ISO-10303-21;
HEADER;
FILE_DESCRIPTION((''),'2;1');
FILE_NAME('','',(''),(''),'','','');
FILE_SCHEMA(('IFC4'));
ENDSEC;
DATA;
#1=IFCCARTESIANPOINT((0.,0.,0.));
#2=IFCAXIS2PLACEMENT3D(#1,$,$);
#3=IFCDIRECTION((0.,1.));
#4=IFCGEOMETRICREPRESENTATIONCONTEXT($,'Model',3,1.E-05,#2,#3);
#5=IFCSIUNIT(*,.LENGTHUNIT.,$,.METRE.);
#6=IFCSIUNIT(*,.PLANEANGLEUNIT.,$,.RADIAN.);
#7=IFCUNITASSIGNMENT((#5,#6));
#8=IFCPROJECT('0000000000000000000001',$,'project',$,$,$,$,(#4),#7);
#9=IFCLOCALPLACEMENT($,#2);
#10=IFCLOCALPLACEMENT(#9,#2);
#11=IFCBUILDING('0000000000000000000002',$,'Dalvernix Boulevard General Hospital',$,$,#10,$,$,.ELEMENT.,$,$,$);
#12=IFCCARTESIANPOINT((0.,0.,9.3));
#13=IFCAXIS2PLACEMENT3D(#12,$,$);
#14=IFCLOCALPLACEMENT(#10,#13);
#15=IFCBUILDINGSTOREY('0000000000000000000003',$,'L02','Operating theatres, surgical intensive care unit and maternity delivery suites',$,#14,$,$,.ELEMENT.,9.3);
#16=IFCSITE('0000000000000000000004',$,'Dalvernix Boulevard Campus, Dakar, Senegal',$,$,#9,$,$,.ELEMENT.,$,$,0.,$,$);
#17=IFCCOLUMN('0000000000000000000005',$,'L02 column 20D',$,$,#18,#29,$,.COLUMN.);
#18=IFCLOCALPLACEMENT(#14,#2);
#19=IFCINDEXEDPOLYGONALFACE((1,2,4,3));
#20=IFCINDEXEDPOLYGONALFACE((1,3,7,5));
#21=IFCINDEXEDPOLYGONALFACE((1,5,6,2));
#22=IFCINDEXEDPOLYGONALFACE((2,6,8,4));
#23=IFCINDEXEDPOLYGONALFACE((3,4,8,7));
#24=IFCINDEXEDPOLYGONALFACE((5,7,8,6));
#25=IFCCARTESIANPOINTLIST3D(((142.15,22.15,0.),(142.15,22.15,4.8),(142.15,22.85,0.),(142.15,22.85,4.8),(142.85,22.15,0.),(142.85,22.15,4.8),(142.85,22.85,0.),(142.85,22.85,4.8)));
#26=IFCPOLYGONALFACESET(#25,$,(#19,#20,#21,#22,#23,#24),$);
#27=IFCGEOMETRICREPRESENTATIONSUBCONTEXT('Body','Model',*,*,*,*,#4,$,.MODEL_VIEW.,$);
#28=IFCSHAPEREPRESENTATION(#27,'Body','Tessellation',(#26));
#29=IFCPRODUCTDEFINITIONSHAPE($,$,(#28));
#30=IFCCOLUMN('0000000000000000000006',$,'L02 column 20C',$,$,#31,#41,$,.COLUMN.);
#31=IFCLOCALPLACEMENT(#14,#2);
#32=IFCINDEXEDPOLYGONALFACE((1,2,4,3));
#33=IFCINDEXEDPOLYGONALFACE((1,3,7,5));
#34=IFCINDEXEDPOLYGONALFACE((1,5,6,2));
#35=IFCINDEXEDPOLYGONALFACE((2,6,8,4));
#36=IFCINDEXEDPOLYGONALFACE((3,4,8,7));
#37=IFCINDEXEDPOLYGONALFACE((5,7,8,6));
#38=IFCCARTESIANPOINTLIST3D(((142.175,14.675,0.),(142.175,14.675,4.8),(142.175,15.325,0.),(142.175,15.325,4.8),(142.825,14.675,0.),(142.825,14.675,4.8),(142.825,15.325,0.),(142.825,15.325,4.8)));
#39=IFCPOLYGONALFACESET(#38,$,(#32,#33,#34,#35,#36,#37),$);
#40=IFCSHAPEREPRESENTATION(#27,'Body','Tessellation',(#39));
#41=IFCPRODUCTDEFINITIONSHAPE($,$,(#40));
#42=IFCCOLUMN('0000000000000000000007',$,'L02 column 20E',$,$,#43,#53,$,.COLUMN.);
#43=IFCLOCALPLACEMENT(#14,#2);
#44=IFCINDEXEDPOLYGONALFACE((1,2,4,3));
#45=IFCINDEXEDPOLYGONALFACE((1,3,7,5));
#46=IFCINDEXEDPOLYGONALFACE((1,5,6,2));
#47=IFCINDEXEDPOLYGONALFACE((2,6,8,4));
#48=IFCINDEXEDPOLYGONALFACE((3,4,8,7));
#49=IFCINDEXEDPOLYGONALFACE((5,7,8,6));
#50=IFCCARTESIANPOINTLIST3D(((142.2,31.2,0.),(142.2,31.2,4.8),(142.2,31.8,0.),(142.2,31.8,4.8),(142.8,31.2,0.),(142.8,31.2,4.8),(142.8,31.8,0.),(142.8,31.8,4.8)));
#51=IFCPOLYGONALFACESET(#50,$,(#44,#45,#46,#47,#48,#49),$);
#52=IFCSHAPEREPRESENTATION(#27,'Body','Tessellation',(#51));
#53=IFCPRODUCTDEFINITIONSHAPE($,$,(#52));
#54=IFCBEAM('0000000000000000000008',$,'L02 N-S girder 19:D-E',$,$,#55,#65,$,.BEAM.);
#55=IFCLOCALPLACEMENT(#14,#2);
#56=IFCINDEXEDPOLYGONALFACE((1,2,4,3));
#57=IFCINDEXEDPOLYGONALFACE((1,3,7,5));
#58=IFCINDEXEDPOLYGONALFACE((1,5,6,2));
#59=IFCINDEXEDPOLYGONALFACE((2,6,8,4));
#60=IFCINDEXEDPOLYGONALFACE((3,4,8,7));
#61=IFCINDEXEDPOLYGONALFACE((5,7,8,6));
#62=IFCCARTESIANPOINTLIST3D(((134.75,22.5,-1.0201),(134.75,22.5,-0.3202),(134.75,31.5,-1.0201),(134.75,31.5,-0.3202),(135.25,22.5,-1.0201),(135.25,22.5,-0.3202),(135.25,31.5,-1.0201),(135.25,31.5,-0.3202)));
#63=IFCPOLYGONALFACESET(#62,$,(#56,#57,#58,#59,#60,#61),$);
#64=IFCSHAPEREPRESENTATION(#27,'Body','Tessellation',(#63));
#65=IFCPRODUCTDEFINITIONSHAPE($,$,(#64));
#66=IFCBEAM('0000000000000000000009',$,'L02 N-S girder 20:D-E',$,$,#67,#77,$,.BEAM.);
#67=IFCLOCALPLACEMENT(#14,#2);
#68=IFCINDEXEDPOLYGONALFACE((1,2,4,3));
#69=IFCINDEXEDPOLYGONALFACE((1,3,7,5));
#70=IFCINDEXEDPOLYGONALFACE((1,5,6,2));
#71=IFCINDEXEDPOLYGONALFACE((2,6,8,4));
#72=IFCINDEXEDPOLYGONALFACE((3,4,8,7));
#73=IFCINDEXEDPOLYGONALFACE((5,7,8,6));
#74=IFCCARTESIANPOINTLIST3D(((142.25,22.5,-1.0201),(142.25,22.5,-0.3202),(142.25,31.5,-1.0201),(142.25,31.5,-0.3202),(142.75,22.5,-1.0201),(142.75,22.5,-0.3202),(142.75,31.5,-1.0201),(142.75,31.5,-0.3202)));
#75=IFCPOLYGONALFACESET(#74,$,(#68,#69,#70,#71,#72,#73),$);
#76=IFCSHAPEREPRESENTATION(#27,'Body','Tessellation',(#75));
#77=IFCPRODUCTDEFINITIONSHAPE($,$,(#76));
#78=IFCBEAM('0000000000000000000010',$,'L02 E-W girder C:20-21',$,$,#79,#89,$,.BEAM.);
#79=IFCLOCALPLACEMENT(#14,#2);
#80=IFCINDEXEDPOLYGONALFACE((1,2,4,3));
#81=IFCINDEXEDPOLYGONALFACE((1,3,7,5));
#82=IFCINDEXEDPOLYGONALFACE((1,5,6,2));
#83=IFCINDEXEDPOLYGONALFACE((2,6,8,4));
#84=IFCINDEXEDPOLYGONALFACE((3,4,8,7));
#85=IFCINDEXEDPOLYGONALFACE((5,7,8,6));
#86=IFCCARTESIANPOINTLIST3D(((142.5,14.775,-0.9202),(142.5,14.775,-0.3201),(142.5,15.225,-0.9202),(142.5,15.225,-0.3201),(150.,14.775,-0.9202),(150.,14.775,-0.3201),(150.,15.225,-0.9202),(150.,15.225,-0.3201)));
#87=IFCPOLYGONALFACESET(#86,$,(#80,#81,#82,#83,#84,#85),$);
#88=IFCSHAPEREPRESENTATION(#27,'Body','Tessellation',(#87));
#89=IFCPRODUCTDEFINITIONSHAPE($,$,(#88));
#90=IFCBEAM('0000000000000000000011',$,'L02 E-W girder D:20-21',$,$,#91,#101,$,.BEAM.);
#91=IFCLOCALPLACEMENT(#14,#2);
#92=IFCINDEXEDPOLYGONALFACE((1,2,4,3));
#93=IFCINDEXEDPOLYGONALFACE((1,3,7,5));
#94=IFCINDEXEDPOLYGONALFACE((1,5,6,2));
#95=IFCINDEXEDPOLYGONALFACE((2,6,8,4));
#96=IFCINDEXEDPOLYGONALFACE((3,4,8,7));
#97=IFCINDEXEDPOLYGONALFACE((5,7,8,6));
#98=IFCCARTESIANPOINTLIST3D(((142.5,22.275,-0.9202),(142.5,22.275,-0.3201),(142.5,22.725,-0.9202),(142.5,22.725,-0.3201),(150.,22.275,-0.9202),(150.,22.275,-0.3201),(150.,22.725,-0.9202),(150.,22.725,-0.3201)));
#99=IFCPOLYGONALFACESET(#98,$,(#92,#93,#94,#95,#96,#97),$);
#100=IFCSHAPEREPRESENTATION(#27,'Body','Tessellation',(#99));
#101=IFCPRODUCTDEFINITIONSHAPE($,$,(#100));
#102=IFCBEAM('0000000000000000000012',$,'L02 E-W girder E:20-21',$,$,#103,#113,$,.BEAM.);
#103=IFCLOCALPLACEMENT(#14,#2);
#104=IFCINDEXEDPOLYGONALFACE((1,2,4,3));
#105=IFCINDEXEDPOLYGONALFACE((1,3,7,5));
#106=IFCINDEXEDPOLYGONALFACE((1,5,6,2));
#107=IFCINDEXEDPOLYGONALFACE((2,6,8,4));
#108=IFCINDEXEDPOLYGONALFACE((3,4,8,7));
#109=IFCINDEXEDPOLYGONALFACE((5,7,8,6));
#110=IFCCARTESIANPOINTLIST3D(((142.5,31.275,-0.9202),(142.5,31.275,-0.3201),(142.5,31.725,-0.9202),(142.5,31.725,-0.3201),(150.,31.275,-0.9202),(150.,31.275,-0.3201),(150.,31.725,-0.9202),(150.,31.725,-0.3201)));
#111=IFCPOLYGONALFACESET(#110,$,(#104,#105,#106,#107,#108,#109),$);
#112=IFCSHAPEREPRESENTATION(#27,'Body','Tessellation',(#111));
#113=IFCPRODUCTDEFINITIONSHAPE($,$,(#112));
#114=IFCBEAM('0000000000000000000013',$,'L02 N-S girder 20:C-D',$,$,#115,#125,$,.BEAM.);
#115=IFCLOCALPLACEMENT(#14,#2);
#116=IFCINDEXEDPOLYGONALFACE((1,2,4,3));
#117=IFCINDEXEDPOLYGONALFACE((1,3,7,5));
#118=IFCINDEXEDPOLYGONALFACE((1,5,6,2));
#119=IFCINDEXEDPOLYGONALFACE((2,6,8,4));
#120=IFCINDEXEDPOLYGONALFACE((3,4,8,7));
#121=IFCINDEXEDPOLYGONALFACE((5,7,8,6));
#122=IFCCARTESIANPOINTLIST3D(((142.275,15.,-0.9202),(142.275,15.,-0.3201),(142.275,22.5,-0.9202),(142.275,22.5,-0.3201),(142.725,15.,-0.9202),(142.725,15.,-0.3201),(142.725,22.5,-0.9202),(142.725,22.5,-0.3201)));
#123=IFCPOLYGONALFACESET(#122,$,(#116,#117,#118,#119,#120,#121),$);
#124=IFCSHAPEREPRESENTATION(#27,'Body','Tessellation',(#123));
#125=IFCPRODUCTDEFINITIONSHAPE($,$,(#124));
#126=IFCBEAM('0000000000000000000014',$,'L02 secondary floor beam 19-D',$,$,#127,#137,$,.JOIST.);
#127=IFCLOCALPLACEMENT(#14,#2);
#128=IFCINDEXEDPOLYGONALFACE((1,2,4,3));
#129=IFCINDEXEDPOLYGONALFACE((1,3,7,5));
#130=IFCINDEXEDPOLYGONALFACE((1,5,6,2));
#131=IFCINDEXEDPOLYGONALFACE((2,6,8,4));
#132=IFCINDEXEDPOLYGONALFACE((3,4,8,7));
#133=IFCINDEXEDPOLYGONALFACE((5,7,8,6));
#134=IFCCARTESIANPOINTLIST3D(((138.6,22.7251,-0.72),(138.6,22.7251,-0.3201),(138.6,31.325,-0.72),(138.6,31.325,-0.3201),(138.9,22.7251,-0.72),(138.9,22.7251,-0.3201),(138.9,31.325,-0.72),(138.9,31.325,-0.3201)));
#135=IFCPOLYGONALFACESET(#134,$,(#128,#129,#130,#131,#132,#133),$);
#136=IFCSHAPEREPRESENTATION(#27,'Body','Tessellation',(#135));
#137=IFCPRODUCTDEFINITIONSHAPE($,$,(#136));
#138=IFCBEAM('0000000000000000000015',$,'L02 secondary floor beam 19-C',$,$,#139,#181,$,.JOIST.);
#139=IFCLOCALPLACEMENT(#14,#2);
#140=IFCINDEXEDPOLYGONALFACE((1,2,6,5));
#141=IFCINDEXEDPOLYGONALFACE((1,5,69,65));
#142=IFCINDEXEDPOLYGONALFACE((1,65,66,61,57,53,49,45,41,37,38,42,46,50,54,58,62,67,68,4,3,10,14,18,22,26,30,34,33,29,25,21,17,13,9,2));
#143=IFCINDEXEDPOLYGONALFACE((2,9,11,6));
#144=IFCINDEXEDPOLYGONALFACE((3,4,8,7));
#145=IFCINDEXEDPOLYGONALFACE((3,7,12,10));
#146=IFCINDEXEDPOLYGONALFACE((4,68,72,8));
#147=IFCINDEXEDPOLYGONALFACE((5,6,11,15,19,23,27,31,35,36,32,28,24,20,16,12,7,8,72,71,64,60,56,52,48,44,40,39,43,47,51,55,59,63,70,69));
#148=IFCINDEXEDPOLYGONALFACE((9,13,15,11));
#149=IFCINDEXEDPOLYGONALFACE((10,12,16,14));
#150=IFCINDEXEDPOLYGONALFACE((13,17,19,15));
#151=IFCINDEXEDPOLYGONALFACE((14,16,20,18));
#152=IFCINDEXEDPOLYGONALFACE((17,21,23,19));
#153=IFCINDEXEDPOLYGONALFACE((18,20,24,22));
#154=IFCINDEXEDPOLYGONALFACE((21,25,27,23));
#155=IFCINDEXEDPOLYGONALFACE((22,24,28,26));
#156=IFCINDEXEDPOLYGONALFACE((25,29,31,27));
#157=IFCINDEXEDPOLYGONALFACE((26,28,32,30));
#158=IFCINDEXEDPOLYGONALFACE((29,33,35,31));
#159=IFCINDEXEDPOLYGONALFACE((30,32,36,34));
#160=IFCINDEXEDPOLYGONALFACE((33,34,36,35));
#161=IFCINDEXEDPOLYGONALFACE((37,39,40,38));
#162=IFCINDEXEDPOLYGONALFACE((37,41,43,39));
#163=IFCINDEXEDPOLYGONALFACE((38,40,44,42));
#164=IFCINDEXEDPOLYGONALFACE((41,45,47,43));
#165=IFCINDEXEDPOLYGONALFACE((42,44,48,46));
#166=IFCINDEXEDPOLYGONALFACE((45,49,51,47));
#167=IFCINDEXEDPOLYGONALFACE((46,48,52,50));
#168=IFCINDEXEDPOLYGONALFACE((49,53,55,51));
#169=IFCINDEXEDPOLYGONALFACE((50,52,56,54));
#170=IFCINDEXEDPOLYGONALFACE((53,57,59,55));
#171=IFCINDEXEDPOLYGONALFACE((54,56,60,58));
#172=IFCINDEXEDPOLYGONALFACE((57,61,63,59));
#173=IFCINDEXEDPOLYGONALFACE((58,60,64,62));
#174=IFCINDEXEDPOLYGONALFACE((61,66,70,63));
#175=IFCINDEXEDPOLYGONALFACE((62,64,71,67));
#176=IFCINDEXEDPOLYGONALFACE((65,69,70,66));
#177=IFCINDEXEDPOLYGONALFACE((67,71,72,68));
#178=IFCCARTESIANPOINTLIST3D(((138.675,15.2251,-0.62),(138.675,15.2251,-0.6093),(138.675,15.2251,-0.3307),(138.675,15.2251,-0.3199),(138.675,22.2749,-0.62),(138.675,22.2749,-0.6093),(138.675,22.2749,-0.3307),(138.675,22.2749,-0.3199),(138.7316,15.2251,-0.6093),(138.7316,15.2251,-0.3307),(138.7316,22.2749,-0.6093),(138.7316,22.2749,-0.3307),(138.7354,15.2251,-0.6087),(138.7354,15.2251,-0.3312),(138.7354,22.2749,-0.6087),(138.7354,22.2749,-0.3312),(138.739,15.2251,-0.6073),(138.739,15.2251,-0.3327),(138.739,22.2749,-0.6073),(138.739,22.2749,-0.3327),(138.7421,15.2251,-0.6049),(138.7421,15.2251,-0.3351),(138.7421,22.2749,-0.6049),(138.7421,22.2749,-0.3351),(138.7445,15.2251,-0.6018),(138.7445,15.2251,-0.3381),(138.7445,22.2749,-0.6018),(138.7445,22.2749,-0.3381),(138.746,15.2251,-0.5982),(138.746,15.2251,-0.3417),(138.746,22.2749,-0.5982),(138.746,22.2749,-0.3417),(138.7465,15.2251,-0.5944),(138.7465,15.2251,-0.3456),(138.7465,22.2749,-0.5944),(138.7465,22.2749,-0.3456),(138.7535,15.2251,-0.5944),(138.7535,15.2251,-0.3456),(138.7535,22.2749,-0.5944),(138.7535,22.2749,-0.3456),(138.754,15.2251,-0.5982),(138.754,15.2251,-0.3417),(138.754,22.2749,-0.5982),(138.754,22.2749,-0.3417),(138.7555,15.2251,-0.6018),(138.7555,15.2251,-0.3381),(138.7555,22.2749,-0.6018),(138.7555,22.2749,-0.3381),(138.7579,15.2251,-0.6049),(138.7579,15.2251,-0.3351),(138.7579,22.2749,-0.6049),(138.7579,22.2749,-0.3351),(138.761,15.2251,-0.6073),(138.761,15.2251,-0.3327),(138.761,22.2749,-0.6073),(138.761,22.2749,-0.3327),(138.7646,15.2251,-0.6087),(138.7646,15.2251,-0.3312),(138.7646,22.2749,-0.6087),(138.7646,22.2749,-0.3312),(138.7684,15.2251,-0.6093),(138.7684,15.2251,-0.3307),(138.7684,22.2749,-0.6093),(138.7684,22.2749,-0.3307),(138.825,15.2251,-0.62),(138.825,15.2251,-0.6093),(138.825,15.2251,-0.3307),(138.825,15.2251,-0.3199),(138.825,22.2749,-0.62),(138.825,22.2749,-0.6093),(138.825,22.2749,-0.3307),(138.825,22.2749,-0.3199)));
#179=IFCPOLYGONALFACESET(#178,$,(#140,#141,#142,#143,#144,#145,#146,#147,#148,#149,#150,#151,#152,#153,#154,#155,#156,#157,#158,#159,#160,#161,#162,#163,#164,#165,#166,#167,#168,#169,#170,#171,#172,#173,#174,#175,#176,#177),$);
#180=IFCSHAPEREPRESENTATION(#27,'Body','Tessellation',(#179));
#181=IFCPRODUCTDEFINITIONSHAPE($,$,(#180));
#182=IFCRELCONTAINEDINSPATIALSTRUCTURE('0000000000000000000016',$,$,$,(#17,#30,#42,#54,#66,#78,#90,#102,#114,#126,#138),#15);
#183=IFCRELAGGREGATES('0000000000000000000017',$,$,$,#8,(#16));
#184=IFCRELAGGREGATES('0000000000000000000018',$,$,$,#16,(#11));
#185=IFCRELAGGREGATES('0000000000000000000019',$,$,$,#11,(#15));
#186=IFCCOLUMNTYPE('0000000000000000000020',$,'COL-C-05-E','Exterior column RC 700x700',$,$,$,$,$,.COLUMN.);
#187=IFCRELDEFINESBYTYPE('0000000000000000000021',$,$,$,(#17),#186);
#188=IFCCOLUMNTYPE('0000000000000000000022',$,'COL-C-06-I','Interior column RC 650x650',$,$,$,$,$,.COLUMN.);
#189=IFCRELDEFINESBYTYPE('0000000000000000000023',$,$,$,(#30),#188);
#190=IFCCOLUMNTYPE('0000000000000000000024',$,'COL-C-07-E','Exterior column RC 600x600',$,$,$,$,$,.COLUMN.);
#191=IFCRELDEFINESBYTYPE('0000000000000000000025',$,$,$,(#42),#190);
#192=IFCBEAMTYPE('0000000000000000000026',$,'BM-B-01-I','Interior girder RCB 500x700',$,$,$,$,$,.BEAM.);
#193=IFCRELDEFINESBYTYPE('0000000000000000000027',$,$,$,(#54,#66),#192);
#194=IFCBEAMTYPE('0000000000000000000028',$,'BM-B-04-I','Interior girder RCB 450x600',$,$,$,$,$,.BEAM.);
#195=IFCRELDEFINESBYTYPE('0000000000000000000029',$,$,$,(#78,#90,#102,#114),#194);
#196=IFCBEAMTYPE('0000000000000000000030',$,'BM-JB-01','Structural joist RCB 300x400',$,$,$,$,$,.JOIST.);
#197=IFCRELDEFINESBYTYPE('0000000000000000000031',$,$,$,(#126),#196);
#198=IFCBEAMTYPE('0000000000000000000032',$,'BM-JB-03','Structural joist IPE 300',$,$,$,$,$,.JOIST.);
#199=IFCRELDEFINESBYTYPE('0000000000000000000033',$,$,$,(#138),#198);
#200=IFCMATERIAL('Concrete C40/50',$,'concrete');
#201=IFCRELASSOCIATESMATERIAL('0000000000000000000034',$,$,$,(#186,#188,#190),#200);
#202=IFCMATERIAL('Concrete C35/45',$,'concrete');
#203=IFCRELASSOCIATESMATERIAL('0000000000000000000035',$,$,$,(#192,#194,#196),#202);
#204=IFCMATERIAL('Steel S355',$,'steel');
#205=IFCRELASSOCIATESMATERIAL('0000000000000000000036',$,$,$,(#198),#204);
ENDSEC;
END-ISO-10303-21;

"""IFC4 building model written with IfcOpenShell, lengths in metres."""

from ifc_helpers import new_model, si_unit, direction, frame, origin, origin_2d, place, context, subcontext, project, spatial, rectangle, i_section, extrude, material, material_profile, profile_set, type_object, element, save


model = new_model("IFC4")

# Units and contexts
model_context = context("Model", 3, precision=1e-05, world=origin(), true_north=direction((0.0, 1.0)))
body_context = subcontext(model_context, "Body", "Model", "MODEL_VIEW")
ifc_project = project(units=[si_unit("LENGTHUNIT", "METRE"), si_unit("PLANEANGLEUNIT", "RADIAN")], contexts=[model_context])

# Site, building, storey
site_placement = place(None, origin())
site = spatial("IfcSite", under=ifc_project, at=site_placement, Name="Dalvernix Boulevard Campus, Dakar, Senegal", CompositionType="ELEMENT", RefElevation=0.0)
building_placement = place(site_placement, origin())
building = spatial("IfcBuilding", under=site, at=building_placement, Name="Dalvernix Boulevard General Hospital", CompositionType="ELEMENT")
storey_placement = place(building_placement, frame((0.0, 0.0, 9.3)))
storey = spatial("IfcBuildingStorey", under=building, at=storey_placement, Name="L02", Description="Operating theatres, surgical intensive care unit and maternity delivery suites", CompositionType="ELEMENT", Elevation=9.3)

# Columns
ifc_material_1 = material(Name="Concrete C40/50", Category="concrete")
ifc_material_profile_1 = material_profile(ifc_material_1, rectangle(XDim=0.7, YDim=0.7, at=origin_2d()), Name="RC 700x700")
ifc_profile_set_1 = profile_set([ifc_material_profile_1], Name="Concrete C40/50")
column_type_1 = type_object("IfcColumnType", Name="COL-C-05-E", Description="Exterior column RC 700x700", PredefinedType="COLUMN", material=ifc_profile_set_1)
column_1_placement = place(storey_placement, frame((142.5, 22.5, 0.0), z_axis=(0.0, 0.0, 1.0), x_axis=(1.0, 0.0, 0.0)))
element("IfcColumn", 1, at=column_1_placement, inside=storey, type_object=column_type_1, Name="L02 column 20D", PredefinedType="COLUMN", context=body_context, shape_type="SweptSolid", body=[
    extrude(rectangle(XDim=0.7, YDim=0.7, at=origin_2d()), origin(), (0.0, 0.0, 1.0), 4.8),
])
ifc_material_profile_2 = material_profile(ifc_material_1, rectangle(XDim=0.6499, YDim=0.6499, at=origin_2d()), Name="RC 650x650")
ifc_profile_set_2 = profile_set([ifc_material_profile_2], Name="Concrete C40/50")
column_type_2 = type_object("IfcColumnType", Name="COL-C-06-I", Description="Interior column RC 650x650", PredefinedType="COLUMN", material=ifc_profile_set_2)
column_2_placement = place(storey_placement, frame((142.5, 15.0, 0.0), z_axis=(0.0, 0.0, 1.0), x_axis=(1.0, 0.0, 0.0)))
element("IfcColumn", 2, at=column_2_placement, inside=storey, type_object=column_type_2, Name="L02 column 20C", PredefinedType="COLUMN", context=body_context, shape_type="SweptSolid", body=[
    extrude(rectangle(XDim=0.6499, YDim=0.6499, at=origin_2d()), origin(), (0.0, 0.0, 1.0), 4.8),
])
ifc_material_profile_3 = material_profile(ifc_material_1, rectangle(XDim=0.6001, YDim=0.6001, at=origin_2d()), Name="RC 600x600")
ifc_profile_set_3 = profile_set([ifc_material_profile_3], Name="Concrete C40/50")
column_type_3 = type_object("IfcColumnType", Name="COL-C-07-E", Description="Exterior column RC 600x600", PredefinedType="COLUMN", material=ifc_profile_set_3)
column_3_placement = place(storey_placement, frame((142.5, 31.5, 0.0), z_axis=(0.0, 0.0, 1.0), x_axis=(1.0, 0.0, 0.0)))
element("IfcColumn", 3, at=column_3_placement, inside=storey, type_object=column_type_3, Name="L02 column 20E", PredefinedType="COLUMN", context=body_context, shape_type="SweptSolid", body=[
    extrude(rectangle(XDim=0.6001, YDim=0.6001, at=origin_2d()), origin(), (0.0, 0.0, 1.0), 4.8),
])

# Beams
ifc_material_2 = material(Name="Concrete C35/45", Category="concrete")
ifc_material_profile_4 = material_profile(ifc_material_2, rectangle(XDim=0.5, YDim=0.7, at=origin_2d()), Name="RCB 500x700")
ifc_profile_set_4 = profile_set([ifc_material_profile_4], Name="Concrete C35/45")
beam_type_1 = type_object("IfcBeamType", Name="BM-B-01-I", Description="Interior girder RCB 500x700", PredefinedType="BEAM", material=ifc_profile_set_4)
for number, where, z_axis, x_axis, name in (
    (4, (135.0, 22.5, -0.6702), (0.0, 1.0, 0.0), (-1.0, 0.0, 0.0), "L02 N-S girder 19:D-E"),
    (5, (142.5, 22.5, -0.6702), (0.0, 1.0, 0.0), (-1.0, 0.0, 0.0), "L02 N-S girder 20:D-E"),
):
    element("IfcBeam", number, at=place(storey_placement, frame(where, z_axis=z_axis, x_axis=x_axis)), inside=storey, type_object=beam_type_1, Name=name, PredefinedType="BEAM", context=body_context, shape_type="SweptSolid", body=[
        extrude(rectangle(XDim=0.5, YDim=0.7, at=origin_2d()), origin(), (0.0, 0.0, 1.0), 9.0),
    ])
ifc_material_profile_5 = material_profile(ifc_material_2, rectangle(XDim=0.45, YDim=0.6001, at=origin_2d()), Name="RCB 450x600")
ifc_profile_set_5 = profile_set([ifc_material_profile_5], Name="Concrete C35/45")
beam_type_2 = type_object("IfcBeamType", Name="BM-B-04-I", Description="Interior girder RCB 450x600", PredefinedType="BEAM", material=ifc_profile_set_5)
for number, where, z_axis, x_axis, name in (
    (6, (142.5, 15.0, -0.6201), (1.0, 0.0, 0.0), (0.0, 1.0, 0.0), "L02 E-W girder C:20-21"),
    (7, (142.5, 22.5, -0.6201), (1.0, 0.0, 0.0), (0.0, 1.0, 0.0), "L02 E-W girder D:20-21"),
    (8, (142.5, 31.5, -0.6201), (1.0, 0.0, 0.0), (0.0, 1.0, 0.0), "L02 E-W girder E:20-21"),
    (9, (142.5, 15.0, -0.6201), (0.0, 1.0, 0.0), (-1.0, 0.0, 0.0), "L02 N-S girder 20:C-D"),
):
    element("IfcBeam", number, at=place(storey_placement, frame(where, z_axis=z_axis, x_axis=x_axis)), inside=storey, type_object=beam_type_2, Name=name, PredefinedType="BEAM", context=body_context, shape_type="SweptSolid", body=[
        extrude(rectangle(XDim=0.45, YDim=0.6001, at=origin_2d()), origin(), (0.0, 0.0, 1.0), 7.5),
    ])
ifc_material_profile_6 = material_profile(ifc_material_2, rectangle(XDim=0.3, YDim=0.3999, at=origin_2d()), Name="RCB 300x400")
ifc_profile_set_6 = profile_set([ifc_material_profile_6], Name="Concrete C35/45")
beam_type_3 = type_object("IfcBeamType", Name="BM-JB-01", Description="Structural joist RCB 300x400", PredefinedType="JOIST", material=ifc_profile_set_6)
beam_1_placement = place(storey_placement, frame((138.75, 22.7251, -0.52), z_axis=(0.0, 1.0, 0.0), x_axis=(-1.0, 0.0, 0.0)))
element("IfcBeam", 10, at=beam_1_placement, inside=storey, type_object=beam_type_3, Name="L02 secondary floor beam 19-D", PredefinedType="JOIST", context=body_context, shape_type="SweptSolid", body=[
    extrude(rectangle(XDim=0.3, YDim=0.3999, at=origin_2d()), origin(), (0.0, 0.0, 1.0), 8.5999),
])
ifc_material_3 = material(Name="Steel S355", Category="steel")
ifc_material_profile_7 = material_profile(ifc_material_3, i_section(OverallWidth=0.1499, OverallDepth=0.3, WebThickness=0.0071, FlangeThickness=0.0107, FilletRadius=0.0149, at=origin_2d()), Name="IPE 300")
ifc_profile_set_7 = profile_set([ifc_material_profile_7], Name="Steel S355")
beam_type_4 = type_object("IfcBeamType", Name="BM-JB-03", Description="Structural joist IPE 300", PredefinedType="JOIST", material=ifc_profile_set_7)
beam_2_placement = place(storey_placement, frame((138.75, 15.2251, -0.47), z_axis=(0.0, 1.0, 0.0), x_axis=(-1.0, 0.0, 0.0)))
element("IfcBeam", 11, at=beam_2_placement, inside=storey, type_object=beam_type_4, Name="L02 secondary floor beam 19-C", PredefinedType="JOIST", context=body_context, shape_type="SweptSolid", body=[
    extrude(i_section(OverallWidth=0.1499, OverallDepth=0.3, WebThickness=0.0071, FlangeThickness=0.0107, FilletRadius=0.0149, at=origin_2d()), origin(), (0.0, 0.0, 1.0), 7.0498),
])

save(model, "model.ifc")
